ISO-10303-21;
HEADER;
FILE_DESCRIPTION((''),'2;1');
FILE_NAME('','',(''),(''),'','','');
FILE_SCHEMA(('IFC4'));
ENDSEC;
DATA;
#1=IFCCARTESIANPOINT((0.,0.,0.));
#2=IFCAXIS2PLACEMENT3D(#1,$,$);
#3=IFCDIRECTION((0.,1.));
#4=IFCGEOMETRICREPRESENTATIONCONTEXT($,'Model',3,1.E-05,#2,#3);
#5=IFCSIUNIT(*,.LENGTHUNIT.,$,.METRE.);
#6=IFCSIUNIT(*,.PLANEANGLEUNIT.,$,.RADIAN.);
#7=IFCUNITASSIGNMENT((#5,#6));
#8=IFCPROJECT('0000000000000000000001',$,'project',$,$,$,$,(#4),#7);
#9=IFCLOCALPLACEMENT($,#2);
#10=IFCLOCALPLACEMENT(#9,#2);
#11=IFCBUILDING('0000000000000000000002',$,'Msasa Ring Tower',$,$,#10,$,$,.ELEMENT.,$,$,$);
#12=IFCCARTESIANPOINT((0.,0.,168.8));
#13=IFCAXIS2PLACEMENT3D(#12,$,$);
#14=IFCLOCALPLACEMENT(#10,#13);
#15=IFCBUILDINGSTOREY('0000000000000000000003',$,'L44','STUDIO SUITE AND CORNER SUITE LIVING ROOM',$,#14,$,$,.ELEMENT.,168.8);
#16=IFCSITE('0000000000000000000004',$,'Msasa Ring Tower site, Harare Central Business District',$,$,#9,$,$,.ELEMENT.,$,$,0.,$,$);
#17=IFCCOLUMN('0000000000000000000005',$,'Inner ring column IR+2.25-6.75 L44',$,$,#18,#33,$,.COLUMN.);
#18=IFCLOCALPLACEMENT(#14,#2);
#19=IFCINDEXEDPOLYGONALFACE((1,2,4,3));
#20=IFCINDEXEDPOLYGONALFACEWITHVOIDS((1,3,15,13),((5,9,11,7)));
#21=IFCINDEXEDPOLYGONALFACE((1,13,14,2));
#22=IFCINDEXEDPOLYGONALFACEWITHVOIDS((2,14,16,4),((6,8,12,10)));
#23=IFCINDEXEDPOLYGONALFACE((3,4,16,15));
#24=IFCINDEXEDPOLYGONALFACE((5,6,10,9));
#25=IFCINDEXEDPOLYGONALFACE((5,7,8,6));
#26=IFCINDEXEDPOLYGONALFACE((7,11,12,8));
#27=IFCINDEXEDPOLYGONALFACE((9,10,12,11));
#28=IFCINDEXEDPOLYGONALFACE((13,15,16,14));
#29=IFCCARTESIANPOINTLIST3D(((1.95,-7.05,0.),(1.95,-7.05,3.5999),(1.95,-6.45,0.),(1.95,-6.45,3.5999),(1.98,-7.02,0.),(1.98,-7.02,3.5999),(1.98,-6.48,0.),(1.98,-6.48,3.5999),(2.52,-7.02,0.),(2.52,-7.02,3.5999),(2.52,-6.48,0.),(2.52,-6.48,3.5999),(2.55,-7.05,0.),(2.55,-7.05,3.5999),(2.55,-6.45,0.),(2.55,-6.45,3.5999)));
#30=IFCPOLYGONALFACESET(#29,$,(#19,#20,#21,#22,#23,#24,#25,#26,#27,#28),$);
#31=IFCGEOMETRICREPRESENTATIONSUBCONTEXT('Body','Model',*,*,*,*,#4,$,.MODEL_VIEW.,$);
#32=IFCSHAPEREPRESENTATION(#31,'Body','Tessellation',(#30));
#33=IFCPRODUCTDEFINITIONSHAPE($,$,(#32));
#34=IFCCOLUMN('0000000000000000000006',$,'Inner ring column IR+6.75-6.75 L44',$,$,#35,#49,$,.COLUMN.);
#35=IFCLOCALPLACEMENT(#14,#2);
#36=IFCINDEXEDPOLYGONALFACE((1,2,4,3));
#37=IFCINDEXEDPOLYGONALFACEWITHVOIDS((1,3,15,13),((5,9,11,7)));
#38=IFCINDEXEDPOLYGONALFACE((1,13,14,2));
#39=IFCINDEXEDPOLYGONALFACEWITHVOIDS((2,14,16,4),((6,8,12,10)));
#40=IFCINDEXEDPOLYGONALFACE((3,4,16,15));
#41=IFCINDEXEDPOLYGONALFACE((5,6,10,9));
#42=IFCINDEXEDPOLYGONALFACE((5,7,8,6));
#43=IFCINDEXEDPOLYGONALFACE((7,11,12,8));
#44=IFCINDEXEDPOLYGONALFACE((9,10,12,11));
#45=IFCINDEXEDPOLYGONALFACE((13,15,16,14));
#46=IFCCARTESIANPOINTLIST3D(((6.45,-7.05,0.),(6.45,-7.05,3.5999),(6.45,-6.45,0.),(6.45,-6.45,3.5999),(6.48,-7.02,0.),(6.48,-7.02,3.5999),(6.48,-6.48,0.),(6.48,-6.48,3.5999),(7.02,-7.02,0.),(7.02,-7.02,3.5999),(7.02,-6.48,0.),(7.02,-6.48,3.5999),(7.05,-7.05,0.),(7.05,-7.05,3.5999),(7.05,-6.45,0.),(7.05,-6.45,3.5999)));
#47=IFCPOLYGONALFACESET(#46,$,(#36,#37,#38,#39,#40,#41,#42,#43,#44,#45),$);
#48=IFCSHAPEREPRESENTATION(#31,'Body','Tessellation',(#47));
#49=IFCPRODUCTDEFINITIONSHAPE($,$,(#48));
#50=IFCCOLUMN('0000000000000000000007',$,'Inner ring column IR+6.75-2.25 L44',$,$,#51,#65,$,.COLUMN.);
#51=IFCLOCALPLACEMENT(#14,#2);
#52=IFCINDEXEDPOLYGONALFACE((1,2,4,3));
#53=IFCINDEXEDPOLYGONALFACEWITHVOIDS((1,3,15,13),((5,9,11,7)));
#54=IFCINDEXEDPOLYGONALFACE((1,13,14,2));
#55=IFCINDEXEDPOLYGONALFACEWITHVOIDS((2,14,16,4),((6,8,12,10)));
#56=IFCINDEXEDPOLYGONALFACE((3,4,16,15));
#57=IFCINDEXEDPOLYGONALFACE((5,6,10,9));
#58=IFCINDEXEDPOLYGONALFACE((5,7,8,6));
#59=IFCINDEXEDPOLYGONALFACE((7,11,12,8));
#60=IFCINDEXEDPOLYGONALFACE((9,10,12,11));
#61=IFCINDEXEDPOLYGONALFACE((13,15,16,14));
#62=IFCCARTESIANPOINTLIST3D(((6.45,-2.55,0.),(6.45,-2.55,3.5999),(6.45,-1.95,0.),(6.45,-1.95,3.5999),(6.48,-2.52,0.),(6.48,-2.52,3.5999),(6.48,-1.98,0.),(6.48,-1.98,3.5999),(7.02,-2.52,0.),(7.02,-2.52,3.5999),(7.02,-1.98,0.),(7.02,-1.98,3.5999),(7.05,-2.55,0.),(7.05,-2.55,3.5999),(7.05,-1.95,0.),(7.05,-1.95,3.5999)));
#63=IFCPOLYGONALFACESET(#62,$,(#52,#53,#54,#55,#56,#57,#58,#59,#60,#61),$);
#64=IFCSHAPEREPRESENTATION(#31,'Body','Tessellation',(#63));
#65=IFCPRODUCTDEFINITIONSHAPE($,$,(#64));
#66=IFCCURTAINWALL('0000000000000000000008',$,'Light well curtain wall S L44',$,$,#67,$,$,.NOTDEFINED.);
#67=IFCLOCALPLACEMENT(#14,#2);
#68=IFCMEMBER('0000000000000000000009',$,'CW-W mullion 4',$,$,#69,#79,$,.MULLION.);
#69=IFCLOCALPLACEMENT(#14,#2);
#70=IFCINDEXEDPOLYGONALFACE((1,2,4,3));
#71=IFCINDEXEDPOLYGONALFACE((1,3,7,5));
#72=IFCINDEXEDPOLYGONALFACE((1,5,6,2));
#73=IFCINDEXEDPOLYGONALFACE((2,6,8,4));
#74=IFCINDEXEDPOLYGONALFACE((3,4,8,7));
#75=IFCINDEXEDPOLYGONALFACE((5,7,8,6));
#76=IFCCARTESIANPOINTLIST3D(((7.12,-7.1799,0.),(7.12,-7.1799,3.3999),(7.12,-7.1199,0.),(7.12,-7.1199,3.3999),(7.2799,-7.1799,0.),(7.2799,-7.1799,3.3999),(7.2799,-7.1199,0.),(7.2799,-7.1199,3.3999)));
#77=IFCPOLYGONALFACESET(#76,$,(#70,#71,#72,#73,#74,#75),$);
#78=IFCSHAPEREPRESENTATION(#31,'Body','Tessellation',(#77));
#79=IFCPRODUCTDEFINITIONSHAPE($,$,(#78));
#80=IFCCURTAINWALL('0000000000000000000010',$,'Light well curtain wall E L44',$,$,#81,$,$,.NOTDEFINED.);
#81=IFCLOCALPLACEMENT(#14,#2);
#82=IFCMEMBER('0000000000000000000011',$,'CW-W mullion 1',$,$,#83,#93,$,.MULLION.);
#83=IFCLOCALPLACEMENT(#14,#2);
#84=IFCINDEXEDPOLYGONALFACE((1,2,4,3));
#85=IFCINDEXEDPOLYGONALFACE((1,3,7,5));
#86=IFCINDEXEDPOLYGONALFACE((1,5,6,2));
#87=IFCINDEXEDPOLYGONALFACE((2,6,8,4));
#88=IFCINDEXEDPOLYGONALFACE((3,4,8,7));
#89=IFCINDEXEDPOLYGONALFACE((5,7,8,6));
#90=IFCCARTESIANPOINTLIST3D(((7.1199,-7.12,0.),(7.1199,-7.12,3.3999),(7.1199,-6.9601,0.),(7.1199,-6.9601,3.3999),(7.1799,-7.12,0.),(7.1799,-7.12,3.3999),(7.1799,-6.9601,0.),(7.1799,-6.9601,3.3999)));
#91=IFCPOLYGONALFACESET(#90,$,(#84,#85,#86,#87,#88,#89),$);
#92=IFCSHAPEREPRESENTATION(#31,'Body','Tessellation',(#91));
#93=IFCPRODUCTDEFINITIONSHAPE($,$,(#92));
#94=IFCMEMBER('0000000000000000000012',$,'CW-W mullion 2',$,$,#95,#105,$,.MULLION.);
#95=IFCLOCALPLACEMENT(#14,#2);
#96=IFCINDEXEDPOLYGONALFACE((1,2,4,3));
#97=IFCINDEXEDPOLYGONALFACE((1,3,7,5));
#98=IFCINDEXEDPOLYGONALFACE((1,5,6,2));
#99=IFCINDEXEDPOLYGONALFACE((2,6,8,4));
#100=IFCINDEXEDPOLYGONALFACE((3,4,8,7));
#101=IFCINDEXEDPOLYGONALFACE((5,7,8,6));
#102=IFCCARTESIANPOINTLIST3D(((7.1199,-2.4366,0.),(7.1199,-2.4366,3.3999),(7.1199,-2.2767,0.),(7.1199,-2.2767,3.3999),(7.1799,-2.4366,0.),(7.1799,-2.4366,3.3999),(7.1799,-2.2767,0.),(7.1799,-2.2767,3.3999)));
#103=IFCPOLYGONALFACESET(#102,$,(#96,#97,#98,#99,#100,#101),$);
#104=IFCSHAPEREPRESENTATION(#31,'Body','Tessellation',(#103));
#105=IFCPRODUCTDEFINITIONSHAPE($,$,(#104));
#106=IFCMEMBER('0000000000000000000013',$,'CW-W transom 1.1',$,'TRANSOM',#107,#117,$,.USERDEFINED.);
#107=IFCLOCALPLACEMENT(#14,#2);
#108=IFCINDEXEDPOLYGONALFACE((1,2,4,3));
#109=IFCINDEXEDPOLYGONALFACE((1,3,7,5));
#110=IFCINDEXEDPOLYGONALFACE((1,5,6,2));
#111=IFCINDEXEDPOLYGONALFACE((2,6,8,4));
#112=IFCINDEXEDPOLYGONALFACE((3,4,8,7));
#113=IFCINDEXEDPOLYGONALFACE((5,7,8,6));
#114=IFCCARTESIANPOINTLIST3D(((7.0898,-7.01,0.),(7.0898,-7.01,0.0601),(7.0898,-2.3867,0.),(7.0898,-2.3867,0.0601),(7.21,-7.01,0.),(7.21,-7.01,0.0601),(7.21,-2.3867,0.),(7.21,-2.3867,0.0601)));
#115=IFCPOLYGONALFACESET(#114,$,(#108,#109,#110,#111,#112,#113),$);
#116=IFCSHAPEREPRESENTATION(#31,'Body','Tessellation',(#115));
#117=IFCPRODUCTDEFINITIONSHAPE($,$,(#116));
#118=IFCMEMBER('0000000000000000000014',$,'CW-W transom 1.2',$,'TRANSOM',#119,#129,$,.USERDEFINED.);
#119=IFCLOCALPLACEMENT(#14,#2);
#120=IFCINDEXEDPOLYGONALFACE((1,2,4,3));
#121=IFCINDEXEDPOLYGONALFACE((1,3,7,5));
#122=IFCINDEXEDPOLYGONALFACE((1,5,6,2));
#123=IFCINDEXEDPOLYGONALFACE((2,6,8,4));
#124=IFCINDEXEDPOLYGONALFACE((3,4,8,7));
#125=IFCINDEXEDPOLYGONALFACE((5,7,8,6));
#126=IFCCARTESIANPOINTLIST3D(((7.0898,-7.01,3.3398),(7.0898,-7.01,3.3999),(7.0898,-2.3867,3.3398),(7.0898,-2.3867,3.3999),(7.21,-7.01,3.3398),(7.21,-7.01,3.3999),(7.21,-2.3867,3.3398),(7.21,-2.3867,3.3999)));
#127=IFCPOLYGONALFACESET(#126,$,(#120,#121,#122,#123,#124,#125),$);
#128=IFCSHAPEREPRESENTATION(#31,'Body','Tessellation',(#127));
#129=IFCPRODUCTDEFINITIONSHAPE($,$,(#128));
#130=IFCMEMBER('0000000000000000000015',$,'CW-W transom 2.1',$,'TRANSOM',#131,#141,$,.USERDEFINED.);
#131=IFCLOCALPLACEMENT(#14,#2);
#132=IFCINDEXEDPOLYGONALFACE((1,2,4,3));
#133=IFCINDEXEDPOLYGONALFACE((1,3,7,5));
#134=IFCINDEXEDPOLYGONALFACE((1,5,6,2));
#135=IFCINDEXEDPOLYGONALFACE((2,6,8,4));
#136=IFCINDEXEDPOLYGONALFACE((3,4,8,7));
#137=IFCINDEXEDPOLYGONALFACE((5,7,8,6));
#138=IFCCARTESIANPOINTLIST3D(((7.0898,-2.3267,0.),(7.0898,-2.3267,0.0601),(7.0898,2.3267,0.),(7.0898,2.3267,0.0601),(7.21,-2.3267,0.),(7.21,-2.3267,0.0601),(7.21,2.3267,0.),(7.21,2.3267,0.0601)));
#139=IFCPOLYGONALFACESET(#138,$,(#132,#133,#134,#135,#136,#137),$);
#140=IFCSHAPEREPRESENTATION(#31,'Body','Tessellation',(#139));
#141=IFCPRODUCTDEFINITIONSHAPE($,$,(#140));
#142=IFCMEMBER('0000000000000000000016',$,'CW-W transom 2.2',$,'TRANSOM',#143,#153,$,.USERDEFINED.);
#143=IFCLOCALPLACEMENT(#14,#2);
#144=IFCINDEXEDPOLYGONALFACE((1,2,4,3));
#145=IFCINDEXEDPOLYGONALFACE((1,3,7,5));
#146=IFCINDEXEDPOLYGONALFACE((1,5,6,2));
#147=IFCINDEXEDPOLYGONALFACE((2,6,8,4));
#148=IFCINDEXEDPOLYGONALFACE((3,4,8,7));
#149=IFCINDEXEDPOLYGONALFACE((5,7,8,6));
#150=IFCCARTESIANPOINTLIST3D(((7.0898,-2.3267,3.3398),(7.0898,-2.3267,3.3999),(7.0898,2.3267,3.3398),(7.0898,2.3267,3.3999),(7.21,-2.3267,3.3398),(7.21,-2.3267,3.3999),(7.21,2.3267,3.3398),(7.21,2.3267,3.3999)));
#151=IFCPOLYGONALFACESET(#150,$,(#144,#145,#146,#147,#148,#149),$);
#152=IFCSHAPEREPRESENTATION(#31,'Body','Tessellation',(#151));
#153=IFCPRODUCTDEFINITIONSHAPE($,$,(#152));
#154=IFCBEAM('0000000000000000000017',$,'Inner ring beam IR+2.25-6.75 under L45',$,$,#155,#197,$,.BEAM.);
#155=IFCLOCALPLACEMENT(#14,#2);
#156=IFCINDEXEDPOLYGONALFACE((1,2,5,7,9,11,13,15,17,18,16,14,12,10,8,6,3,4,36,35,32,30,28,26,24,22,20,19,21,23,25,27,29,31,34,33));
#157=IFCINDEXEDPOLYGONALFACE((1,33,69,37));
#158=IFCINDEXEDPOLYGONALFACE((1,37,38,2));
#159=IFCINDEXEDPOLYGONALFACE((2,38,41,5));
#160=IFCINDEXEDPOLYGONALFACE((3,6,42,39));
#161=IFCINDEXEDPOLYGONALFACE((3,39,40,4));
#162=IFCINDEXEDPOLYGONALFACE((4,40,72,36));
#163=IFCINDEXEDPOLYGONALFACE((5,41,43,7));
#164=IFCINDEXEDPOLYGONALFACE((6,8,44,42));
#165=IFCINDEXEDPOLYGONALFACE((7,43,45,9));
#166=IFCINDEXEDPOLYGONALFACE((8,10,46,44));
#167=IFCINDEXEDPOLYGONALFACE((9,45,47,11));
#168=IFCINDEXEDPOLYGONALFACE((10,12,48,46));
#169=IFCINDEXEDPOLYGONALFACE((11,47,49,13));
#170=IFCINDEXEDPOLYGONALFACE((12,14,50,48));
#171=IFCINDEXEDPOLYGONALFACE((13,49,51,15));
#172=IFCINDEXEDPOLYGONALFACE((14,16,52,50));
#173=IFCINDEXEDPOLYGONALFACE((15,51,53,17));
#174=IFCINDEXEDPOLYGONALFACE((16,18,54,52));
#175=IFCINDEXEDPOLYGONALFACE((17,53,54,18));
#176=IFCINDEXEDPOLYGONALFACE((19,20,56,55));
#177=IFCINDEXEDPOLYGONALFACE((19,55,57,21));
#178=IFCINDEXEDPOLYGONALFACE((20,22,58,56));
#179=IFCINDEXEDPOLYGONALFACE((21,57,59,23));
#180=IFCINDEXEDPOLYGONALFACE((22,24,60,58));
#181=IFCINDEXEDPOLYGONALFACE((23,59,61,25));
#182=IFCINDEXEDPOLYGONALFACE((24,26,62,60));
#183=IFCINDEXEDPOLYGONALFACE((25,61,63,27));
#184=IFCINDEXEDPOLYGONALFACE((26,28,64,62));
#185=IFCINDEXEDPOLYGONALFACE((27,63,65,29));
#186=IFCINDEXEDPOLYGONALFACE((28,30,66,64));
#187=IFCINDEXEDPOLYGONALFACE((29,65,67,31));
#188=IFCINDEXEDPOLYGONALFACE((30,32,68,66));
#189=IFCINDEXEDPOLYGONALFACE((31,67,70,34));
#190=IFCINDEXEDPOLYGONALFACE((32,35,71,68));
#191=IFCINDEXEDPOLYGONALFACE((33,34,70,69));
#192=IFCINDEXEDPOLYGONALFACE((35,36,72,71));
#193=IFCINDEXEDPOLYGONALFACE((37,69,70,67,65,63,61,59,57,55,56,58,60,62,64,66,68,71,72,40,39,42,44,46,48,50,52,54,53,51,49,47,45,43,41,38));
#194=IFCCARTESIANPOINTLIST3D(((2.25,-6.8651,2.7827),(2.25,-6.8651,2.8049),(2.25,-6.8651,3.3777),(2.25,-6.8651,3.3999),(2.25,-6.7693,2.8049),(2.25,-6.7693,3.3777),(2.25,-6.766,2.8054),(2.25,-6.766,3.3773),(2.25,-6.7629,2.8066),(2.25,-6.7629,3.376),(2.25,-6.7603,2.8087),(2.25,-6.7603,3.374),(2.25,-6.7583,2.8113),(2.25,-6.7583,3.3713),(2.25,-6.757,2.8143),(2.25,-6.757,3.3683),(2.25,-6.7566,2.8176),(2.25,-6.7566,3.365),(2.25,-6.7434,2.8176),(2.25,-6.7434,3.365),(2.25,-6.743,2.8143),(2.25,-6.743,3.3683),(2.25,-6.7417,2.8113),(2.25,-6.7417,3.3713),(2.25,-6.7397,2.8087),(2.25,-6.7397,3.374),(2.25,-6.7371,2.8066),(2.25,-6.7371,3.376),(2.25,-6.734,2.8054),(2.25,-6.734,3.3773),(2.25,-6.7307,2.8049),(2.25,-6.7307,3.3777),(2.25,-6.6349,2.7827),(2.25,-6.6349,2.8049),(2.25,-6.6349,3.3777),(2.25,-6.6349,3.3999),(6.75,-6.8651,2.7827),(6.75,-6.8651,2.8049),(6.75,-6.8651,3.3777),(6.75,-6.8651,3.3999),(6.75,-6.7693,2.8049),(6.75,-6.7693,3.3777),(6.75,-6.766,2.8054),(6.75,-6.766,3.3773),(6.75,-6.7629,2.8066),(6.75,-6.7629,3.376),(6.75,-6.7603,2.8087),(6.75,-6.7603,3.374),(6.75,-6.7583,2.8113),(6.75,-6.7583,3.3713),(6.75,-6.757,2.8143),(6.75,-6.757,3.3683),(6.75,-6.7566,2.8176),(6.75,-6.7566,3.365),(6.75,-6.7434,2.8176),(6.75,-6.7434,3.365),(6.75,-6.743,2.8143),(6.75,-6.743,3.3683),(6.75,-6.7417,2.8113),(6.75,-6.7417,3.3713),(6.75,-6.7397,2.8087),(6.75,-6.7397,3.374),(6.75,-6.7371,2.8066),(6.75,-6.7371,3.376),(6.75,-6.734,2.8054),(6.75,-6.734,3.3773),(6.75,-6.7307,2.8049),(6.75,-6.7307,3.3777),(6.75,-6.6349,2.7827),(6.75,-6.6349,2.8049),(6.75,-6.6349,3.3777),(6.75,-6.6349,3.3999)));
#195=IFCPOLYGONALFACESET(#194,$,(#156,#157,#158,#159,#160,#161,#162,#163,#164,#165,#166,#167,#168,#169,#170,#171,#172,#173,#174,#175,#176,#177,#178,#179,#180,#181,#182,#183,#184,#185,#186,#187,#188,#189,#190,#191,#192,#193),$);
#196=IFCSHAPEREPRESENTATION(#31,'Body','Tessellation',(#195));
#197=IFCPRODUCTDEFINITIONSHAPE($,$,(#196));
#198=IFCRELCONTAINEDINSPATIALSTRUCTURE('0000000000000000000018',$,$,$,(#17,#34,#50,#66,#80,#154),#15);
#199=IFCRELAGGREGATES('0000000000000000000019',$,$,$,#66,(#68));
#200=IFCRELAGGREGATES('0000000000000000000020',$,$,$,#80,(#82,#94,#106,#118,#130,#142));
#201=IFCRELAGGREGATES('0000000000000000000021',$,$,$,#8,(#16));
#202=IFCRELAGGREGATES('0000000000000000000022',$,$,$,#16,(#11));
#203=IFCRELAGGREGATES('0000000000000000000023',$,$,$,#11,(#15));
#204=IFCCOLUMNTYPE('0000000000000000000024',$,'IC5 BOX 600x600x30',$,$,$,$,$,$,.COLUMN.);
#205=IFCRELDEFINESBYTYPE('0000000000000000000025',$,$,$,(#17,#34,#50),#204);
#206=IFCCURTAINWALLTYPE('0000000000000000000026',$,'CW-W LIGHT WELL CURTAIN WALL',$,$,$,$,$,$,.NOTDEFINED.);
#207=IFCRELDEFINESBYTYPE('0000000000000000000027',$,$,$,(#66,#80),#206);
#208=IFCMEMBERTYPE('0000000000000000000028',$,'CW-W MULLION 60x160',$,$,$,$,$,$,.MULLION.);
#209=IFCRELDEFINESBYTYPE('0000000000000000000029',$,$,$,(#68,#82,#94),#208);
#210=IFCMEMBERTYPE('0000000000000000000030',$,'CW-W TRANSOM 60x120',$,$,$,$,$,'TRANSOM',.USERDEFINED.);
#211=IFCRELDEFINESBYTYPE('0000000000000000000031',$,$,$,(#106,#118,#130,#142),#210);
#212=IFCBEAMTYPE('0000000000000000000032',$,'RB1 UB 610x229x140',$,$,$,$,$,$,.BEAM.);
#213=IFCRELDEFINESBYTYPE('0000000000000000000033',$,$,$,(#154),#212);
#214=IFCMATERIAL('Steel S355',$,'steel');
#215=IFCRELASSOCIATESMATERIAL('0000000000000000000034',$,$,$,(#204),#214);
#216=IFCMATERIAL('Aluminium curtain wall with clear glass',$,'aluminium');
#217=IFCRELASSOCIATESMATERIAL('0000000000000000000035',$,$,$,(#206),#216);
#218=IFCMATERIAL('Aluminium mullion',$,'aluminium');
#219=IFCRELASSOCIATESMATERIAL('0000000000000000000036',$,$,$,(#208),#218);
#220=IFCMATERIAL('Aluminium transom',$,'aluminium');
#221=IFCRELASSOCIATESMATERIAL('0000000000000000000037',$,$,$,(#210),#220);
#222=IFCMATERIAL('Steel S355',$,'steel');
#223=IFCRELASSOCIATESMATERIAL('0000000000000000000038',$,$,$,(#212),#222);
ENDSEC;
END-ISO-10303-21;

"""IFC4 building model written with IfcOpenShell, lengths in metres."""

from ifc_helpers import new_model, si_unit, direction, frame, origin, origin_2d, place, context, subcontext, project, spatial, rectangle, hollow_rectangle, i_section, extrude, material, material_profile, profile_set, type_object, element, aggregate, save


model = new_model("IFC4")

# Units and contexts
model_context = context("Model", 3, precision=1e-05, world=origin(), true_north=direction((0.0, 1.0)))
body_context = subcontext(model_context, "Body", "Model", "MODEL_VIEW")
ifc_project = project(units=[si_unit("LENGTHUNIT", "METRE"), si_unit("PLANEANGLEUNIT", "RADIAN")], contexts=[model_context])

# Site, building, storey
site_placement = place(None, origin())
site = spatial("IfcSite", under=ifc_project, at=site_placement, Name="Msasa Ring Tower site, Harare Central Business District", CompositionType="ELEMENT", RefElevation=0.0)
building_placement = place(site_placement, origin())
building = spatial("IfcBuilding", under=site, at=building_placement, Name="Msasa Ring Tower", CompositionType="ELEMENT")
storey_placement = place(building_placement, frame((0.0, 0.0, 168.8)))
storey = spatial("IfcBuildingStorey", under=building, at=storey_placement, Name="L44", Description="STUDIO SUITE AND CORNER SUITE LIVING ROOM", CompositionType="ELEMENT", Elevation=168.8)

# Columns
ifc_material_1 = material(Name="Steel S355", Category="steel")
ifc_material_profile_1 = material_profile(ifc_material_1, hollow_rectangle(XDim=0.6001, YDim=0.6001, WallThickness=0.03, at=origin_2d()), Name="BOX 600x600x30")
ifc_profile_set_1 = profile_set([ifc_material_profile_1], Name="Steel S355")
column_type = type_object("IfcColumnType", Name="IC5 BOX 600x600x30", PredefinedType="COLUMN", material=ifc_profile_set_1)
for number, where, z_axis, x_axis, name in (
    (1, (2.25, -6.75, 0.0), (0.0, 0.0, 1.0), (1.0, 0.0, 0.0), "Inner ring column IR+2.25-6.75 L44"),
    (2, (6.75, -6.75, 0.0), (0.0, 0.0, 1.0), (1.0, 0.0, 0.0), "Inner ring column IR+6.75-6.75 L44"),
    (3, (6.75, -2.25, 0.0), (0.0, 0.0, 1.0), (1.0, 0.0, 0.0), "Inner ring column IR+6.75-2.25 L44"),
):
    element("IfcColumn", number, at=place(storey_placement, frame(where, z_axis=z_axis, x_axis=x_axis)), inside=storey, type_object=column_type, Name=name, PredefinedType="COLUMN", context=body_context, shape_type="SweptSolid", body=[
        extrude(hollow_rectangle(XDim=0.6001, YDim=0.6001, WallThickness=0.03, at=origin_2d()), origin(), (0.0, 0.0, 1.0), 3.5999),
    ])

# Curtain wall, member
ifc_material_2 = material(Name="Aluminium curtain wall with clear glass", Category="aluminium")
curtain_wall_type = type_object("IfcCurtainWallType", Name="CW-W LIGHT WELL CURTAIN WALL", PredefinedType="NOTDEFINED", material=ifc_material_2)
curtain_wall_1_placement = place(storey_placement, origin())
curtain_wall_1 = element("IfcCurtainWall", 4, at=curtain_wall_1_placement, inside=storey, type_object=curtain_wall_type, Name="Light well curtain wall S L44", PredefinedType="NOTDEFINED")
ifc_material_3 = material(Name="Aluminium mullion", Category="aluminium")
ifc_material_profile_2 = material_profile(ifc_material_3, rectangle(XDim=0.0601, YDim=0.1599, at=origin_2d()), Name="AL 60x160")
ifc_profile_set_2 = profile_set([ifc_material_profile_2], Name="Aluminium mullion")
member_type_1 = type_object("IfcMemberType", Name="CW-W MULLION 60x160", PredefinedType="MULLION", material=ifc_profile_set_2)
member_1_placement = place(storey_placement, frame((7.2, -7.1499, 0.0), z_axis=(0.0, 0.0, 1.0), x_axis=(0.0, 1.0, 0.0)))
member_1 = element("IfcMember", 5, at=member_1_placement, type_object=member_type_1, Name="CW-W mullion 4", PredefinedType="MULLION", context=body_context, shape_type="SweptSolid", body=[
    extrude(rectangle(XDim=0.0601, YDim=0.1599, at=origin_2d()), origin(), (0.0, 0.0, 1.0), 3.3999),
])
aggregate(curtain_wall_1, [member_1])

# Curtain wall, members
curtain_wall_2_placement = place(storey_placement, origin())
curtain_wall_2 = element("IfcCurtainWall", 6, at=curtain_wall_2_placement, inside=storey, type_object=curtain_wall_type, Name="Light well curtain wall E L44", PredefinedType="NOTDEFINED")
member_2_placement = place(storey_placement, frame((7.1499, -7.04, 0.0), z_axis=(0.0, 0.0, 1.0), x_axis=(-1.0, 0.0, 0.0)))
member_2 = element("IfcMember", 7, at=member_2_placement, type_object=member_type_1, Name="CW-W mullion 1", PredefinedType="MULLION", context=body_context, shape_type="SweptSolid", body=[
    extrude(rectangle(XDim=0.0601, YDim=0.1599, at=origin_2d()), origin(), (0.0, 0.0, 1.0), 3.3999),
])
member_3_placement = place(storey_placement, frame((7.1499, -2.3567, 0.0), z_axis=(0.0, 0.0, 1.0), x_axis=(-1.0, 0.0, 0.0)))
member_3 = element("IfcMember", 8, at=member_3_placement, type_object=member_type_1, Name="CW-W mullion 2", PredefinedType="MULLION", context=body_context, shape_type="SweptSolid", body=[
    extrude(rectangle(XDim=0.0601, YDim=0.1599, at=origin_2d()), origin(), (0.0, 0.0, 1.0), 3.3999),
])
ifc_material_4 = material(Name="Aluminium transom", Category="aluminium")
ifc_material_profile_3 = material_profile(ifc_material_4, rectangle(XDim=0.1201, YDim=0.0601, at=origin_2d()), Name="AL 60x120")
ifc_profile_set_3 = profile_set([ifc_material_profile_3], Name="Aluminium transom")
member_type_2 = type_object("IfcMemberType", Name="CW-W TRANSOM 60x120", ElementType="TRANSOM", PredefinedType="USERDEFINED", material=ifc_profile_set_3)
member_4_placement = place(storey_placement, frame((7.1499, -7.01, 0.03), z_axis=(0.0, 1.0, 0.0), x_axis=(-1.0, 0.0, 0.0)))
member_4 = element("IfcMember", 9, at=member_4_placement, type_object=member_type_2, Name="CW-W transom 1.1", ObjectType="TRANSOM", PredefinedType="USERDEFINED", context=body_context, shape_type="SweptSolid", body=[
    extrude(rectangle(XDim=0.1201, YDim=0.0601, at=origin_2d()), origin(), (0.0, 0.0, 1.0), 4.6233),
])
member_5_placement = place(storey_placement, frame((7.1499, -7.01, 3.3699), z_axis=(0.0, 1.0, 0.0), x_axis=(-1.0, 0.0, 0.0)))
member_5 = element("IfcMember", 10, at=member_5_placement, type_object=member_type_2, Name="CW-W transom 1.2", ObjectType="TRANSOM", PredefinedType="USERDEFINED", context=body_context, shape_type="SweptSolid", body=[
    extrude(rectangle(XDim=0.1201, YDim=0.0601, at=origin_2d()), origin(), (0.0, 0.0, 1.0), 4.6233),
])
member_6_placement = place(storey_placement, frame((7.1499, -2.3267, 0.03), z_axis=(0.0, 1.0, 0.0), x_axis=(-1.0, 0.0, 0.0)))
member_6 = element("IfcMember", 11, at=member_6_placement, type_object=member_type_2, Name="CW-W transom 2.1", ObjectType="TRANSOM", PredefinedType="USERDEFINED", context=body_context, shape_type="SweptSolid", body=[
    extrude(rectangle(XDim=0.1201, YDim=0.0601, at=origin_2d()), origin(), (0.0, 0.0, 1.0), 4.6533),
])
member_7_placement = place(storey_placement, frame((7.1499, -2.3267, 3.3699), z_axis=(0.0, 1.0, 0.0), x_axis=(-1.0, 0.0, 0.0)))
member_7 = element("IfcMember", 12, at=member_7_placement, type_object=member_type_2, Name="CW-W transom 2.2", ObjectType="TRANSOM", PredefinedType="USERDEFINED", context=body_context, shape_type="SweptSolid", body=[
    extrude(rectangle(XDim=0.1201, YDim=0.0601, at=origin_2d()), origin(), (0.0, 0.0, 1.0), 4.6533),
])

# Beam
ifc_material_5 = material(Name="Steel S355", Category="steel")
ifc_material_profile_4 = material_profile(ifc_material_5, i_section(OverallWidth=0.2302, OverallDepth=0.6172, WebThickness=0.0132, FlangeThickness=0.0222, FilletRadius=0.0127, at=origin_2d()), Name="UB 610x229x140")
ifc_profile_set_4 = profile_set([ifc_material_profile_4], Name="Steel S355")
beam_type = type_object("IfcBeamType", Name="RB1 UB 610x229x140", PredefinedType="BEAM", material=ifc_profile_set_4)
for number, where, z_axis, x_axis, name in (
    (13, (2.25, -6.75, 3.0913), (1.0, 0.0, 0.0), (0.0, 1.0, 0.0), "Inner ring beam IR+2.25-6.75 under L45"),
):
    element("IfcBeam", number, at=place(storey_placement, frame(where, z_axis=z_axis, x_axis=x_axis)), inside=storey, type_object=beam_type, Name=name, PredefinedType="BEAM", context=body_context, shape_type="SweptSolid", body=[
        extrude(i_section(OverallWidth=0.2302, OverallDepth=0.6172, WebThickness=0.0132, FlangeThickness=0.0222, FilletRadius=0.0127, at=origin_2d()), origin(), (0.0, 0.0, 1.0), 4.5),
    ])

aggregate(curtain_wall_2, [member_2, member_3, member_4, member_5, member_6, member_7])

save(model, "model.ifc")
